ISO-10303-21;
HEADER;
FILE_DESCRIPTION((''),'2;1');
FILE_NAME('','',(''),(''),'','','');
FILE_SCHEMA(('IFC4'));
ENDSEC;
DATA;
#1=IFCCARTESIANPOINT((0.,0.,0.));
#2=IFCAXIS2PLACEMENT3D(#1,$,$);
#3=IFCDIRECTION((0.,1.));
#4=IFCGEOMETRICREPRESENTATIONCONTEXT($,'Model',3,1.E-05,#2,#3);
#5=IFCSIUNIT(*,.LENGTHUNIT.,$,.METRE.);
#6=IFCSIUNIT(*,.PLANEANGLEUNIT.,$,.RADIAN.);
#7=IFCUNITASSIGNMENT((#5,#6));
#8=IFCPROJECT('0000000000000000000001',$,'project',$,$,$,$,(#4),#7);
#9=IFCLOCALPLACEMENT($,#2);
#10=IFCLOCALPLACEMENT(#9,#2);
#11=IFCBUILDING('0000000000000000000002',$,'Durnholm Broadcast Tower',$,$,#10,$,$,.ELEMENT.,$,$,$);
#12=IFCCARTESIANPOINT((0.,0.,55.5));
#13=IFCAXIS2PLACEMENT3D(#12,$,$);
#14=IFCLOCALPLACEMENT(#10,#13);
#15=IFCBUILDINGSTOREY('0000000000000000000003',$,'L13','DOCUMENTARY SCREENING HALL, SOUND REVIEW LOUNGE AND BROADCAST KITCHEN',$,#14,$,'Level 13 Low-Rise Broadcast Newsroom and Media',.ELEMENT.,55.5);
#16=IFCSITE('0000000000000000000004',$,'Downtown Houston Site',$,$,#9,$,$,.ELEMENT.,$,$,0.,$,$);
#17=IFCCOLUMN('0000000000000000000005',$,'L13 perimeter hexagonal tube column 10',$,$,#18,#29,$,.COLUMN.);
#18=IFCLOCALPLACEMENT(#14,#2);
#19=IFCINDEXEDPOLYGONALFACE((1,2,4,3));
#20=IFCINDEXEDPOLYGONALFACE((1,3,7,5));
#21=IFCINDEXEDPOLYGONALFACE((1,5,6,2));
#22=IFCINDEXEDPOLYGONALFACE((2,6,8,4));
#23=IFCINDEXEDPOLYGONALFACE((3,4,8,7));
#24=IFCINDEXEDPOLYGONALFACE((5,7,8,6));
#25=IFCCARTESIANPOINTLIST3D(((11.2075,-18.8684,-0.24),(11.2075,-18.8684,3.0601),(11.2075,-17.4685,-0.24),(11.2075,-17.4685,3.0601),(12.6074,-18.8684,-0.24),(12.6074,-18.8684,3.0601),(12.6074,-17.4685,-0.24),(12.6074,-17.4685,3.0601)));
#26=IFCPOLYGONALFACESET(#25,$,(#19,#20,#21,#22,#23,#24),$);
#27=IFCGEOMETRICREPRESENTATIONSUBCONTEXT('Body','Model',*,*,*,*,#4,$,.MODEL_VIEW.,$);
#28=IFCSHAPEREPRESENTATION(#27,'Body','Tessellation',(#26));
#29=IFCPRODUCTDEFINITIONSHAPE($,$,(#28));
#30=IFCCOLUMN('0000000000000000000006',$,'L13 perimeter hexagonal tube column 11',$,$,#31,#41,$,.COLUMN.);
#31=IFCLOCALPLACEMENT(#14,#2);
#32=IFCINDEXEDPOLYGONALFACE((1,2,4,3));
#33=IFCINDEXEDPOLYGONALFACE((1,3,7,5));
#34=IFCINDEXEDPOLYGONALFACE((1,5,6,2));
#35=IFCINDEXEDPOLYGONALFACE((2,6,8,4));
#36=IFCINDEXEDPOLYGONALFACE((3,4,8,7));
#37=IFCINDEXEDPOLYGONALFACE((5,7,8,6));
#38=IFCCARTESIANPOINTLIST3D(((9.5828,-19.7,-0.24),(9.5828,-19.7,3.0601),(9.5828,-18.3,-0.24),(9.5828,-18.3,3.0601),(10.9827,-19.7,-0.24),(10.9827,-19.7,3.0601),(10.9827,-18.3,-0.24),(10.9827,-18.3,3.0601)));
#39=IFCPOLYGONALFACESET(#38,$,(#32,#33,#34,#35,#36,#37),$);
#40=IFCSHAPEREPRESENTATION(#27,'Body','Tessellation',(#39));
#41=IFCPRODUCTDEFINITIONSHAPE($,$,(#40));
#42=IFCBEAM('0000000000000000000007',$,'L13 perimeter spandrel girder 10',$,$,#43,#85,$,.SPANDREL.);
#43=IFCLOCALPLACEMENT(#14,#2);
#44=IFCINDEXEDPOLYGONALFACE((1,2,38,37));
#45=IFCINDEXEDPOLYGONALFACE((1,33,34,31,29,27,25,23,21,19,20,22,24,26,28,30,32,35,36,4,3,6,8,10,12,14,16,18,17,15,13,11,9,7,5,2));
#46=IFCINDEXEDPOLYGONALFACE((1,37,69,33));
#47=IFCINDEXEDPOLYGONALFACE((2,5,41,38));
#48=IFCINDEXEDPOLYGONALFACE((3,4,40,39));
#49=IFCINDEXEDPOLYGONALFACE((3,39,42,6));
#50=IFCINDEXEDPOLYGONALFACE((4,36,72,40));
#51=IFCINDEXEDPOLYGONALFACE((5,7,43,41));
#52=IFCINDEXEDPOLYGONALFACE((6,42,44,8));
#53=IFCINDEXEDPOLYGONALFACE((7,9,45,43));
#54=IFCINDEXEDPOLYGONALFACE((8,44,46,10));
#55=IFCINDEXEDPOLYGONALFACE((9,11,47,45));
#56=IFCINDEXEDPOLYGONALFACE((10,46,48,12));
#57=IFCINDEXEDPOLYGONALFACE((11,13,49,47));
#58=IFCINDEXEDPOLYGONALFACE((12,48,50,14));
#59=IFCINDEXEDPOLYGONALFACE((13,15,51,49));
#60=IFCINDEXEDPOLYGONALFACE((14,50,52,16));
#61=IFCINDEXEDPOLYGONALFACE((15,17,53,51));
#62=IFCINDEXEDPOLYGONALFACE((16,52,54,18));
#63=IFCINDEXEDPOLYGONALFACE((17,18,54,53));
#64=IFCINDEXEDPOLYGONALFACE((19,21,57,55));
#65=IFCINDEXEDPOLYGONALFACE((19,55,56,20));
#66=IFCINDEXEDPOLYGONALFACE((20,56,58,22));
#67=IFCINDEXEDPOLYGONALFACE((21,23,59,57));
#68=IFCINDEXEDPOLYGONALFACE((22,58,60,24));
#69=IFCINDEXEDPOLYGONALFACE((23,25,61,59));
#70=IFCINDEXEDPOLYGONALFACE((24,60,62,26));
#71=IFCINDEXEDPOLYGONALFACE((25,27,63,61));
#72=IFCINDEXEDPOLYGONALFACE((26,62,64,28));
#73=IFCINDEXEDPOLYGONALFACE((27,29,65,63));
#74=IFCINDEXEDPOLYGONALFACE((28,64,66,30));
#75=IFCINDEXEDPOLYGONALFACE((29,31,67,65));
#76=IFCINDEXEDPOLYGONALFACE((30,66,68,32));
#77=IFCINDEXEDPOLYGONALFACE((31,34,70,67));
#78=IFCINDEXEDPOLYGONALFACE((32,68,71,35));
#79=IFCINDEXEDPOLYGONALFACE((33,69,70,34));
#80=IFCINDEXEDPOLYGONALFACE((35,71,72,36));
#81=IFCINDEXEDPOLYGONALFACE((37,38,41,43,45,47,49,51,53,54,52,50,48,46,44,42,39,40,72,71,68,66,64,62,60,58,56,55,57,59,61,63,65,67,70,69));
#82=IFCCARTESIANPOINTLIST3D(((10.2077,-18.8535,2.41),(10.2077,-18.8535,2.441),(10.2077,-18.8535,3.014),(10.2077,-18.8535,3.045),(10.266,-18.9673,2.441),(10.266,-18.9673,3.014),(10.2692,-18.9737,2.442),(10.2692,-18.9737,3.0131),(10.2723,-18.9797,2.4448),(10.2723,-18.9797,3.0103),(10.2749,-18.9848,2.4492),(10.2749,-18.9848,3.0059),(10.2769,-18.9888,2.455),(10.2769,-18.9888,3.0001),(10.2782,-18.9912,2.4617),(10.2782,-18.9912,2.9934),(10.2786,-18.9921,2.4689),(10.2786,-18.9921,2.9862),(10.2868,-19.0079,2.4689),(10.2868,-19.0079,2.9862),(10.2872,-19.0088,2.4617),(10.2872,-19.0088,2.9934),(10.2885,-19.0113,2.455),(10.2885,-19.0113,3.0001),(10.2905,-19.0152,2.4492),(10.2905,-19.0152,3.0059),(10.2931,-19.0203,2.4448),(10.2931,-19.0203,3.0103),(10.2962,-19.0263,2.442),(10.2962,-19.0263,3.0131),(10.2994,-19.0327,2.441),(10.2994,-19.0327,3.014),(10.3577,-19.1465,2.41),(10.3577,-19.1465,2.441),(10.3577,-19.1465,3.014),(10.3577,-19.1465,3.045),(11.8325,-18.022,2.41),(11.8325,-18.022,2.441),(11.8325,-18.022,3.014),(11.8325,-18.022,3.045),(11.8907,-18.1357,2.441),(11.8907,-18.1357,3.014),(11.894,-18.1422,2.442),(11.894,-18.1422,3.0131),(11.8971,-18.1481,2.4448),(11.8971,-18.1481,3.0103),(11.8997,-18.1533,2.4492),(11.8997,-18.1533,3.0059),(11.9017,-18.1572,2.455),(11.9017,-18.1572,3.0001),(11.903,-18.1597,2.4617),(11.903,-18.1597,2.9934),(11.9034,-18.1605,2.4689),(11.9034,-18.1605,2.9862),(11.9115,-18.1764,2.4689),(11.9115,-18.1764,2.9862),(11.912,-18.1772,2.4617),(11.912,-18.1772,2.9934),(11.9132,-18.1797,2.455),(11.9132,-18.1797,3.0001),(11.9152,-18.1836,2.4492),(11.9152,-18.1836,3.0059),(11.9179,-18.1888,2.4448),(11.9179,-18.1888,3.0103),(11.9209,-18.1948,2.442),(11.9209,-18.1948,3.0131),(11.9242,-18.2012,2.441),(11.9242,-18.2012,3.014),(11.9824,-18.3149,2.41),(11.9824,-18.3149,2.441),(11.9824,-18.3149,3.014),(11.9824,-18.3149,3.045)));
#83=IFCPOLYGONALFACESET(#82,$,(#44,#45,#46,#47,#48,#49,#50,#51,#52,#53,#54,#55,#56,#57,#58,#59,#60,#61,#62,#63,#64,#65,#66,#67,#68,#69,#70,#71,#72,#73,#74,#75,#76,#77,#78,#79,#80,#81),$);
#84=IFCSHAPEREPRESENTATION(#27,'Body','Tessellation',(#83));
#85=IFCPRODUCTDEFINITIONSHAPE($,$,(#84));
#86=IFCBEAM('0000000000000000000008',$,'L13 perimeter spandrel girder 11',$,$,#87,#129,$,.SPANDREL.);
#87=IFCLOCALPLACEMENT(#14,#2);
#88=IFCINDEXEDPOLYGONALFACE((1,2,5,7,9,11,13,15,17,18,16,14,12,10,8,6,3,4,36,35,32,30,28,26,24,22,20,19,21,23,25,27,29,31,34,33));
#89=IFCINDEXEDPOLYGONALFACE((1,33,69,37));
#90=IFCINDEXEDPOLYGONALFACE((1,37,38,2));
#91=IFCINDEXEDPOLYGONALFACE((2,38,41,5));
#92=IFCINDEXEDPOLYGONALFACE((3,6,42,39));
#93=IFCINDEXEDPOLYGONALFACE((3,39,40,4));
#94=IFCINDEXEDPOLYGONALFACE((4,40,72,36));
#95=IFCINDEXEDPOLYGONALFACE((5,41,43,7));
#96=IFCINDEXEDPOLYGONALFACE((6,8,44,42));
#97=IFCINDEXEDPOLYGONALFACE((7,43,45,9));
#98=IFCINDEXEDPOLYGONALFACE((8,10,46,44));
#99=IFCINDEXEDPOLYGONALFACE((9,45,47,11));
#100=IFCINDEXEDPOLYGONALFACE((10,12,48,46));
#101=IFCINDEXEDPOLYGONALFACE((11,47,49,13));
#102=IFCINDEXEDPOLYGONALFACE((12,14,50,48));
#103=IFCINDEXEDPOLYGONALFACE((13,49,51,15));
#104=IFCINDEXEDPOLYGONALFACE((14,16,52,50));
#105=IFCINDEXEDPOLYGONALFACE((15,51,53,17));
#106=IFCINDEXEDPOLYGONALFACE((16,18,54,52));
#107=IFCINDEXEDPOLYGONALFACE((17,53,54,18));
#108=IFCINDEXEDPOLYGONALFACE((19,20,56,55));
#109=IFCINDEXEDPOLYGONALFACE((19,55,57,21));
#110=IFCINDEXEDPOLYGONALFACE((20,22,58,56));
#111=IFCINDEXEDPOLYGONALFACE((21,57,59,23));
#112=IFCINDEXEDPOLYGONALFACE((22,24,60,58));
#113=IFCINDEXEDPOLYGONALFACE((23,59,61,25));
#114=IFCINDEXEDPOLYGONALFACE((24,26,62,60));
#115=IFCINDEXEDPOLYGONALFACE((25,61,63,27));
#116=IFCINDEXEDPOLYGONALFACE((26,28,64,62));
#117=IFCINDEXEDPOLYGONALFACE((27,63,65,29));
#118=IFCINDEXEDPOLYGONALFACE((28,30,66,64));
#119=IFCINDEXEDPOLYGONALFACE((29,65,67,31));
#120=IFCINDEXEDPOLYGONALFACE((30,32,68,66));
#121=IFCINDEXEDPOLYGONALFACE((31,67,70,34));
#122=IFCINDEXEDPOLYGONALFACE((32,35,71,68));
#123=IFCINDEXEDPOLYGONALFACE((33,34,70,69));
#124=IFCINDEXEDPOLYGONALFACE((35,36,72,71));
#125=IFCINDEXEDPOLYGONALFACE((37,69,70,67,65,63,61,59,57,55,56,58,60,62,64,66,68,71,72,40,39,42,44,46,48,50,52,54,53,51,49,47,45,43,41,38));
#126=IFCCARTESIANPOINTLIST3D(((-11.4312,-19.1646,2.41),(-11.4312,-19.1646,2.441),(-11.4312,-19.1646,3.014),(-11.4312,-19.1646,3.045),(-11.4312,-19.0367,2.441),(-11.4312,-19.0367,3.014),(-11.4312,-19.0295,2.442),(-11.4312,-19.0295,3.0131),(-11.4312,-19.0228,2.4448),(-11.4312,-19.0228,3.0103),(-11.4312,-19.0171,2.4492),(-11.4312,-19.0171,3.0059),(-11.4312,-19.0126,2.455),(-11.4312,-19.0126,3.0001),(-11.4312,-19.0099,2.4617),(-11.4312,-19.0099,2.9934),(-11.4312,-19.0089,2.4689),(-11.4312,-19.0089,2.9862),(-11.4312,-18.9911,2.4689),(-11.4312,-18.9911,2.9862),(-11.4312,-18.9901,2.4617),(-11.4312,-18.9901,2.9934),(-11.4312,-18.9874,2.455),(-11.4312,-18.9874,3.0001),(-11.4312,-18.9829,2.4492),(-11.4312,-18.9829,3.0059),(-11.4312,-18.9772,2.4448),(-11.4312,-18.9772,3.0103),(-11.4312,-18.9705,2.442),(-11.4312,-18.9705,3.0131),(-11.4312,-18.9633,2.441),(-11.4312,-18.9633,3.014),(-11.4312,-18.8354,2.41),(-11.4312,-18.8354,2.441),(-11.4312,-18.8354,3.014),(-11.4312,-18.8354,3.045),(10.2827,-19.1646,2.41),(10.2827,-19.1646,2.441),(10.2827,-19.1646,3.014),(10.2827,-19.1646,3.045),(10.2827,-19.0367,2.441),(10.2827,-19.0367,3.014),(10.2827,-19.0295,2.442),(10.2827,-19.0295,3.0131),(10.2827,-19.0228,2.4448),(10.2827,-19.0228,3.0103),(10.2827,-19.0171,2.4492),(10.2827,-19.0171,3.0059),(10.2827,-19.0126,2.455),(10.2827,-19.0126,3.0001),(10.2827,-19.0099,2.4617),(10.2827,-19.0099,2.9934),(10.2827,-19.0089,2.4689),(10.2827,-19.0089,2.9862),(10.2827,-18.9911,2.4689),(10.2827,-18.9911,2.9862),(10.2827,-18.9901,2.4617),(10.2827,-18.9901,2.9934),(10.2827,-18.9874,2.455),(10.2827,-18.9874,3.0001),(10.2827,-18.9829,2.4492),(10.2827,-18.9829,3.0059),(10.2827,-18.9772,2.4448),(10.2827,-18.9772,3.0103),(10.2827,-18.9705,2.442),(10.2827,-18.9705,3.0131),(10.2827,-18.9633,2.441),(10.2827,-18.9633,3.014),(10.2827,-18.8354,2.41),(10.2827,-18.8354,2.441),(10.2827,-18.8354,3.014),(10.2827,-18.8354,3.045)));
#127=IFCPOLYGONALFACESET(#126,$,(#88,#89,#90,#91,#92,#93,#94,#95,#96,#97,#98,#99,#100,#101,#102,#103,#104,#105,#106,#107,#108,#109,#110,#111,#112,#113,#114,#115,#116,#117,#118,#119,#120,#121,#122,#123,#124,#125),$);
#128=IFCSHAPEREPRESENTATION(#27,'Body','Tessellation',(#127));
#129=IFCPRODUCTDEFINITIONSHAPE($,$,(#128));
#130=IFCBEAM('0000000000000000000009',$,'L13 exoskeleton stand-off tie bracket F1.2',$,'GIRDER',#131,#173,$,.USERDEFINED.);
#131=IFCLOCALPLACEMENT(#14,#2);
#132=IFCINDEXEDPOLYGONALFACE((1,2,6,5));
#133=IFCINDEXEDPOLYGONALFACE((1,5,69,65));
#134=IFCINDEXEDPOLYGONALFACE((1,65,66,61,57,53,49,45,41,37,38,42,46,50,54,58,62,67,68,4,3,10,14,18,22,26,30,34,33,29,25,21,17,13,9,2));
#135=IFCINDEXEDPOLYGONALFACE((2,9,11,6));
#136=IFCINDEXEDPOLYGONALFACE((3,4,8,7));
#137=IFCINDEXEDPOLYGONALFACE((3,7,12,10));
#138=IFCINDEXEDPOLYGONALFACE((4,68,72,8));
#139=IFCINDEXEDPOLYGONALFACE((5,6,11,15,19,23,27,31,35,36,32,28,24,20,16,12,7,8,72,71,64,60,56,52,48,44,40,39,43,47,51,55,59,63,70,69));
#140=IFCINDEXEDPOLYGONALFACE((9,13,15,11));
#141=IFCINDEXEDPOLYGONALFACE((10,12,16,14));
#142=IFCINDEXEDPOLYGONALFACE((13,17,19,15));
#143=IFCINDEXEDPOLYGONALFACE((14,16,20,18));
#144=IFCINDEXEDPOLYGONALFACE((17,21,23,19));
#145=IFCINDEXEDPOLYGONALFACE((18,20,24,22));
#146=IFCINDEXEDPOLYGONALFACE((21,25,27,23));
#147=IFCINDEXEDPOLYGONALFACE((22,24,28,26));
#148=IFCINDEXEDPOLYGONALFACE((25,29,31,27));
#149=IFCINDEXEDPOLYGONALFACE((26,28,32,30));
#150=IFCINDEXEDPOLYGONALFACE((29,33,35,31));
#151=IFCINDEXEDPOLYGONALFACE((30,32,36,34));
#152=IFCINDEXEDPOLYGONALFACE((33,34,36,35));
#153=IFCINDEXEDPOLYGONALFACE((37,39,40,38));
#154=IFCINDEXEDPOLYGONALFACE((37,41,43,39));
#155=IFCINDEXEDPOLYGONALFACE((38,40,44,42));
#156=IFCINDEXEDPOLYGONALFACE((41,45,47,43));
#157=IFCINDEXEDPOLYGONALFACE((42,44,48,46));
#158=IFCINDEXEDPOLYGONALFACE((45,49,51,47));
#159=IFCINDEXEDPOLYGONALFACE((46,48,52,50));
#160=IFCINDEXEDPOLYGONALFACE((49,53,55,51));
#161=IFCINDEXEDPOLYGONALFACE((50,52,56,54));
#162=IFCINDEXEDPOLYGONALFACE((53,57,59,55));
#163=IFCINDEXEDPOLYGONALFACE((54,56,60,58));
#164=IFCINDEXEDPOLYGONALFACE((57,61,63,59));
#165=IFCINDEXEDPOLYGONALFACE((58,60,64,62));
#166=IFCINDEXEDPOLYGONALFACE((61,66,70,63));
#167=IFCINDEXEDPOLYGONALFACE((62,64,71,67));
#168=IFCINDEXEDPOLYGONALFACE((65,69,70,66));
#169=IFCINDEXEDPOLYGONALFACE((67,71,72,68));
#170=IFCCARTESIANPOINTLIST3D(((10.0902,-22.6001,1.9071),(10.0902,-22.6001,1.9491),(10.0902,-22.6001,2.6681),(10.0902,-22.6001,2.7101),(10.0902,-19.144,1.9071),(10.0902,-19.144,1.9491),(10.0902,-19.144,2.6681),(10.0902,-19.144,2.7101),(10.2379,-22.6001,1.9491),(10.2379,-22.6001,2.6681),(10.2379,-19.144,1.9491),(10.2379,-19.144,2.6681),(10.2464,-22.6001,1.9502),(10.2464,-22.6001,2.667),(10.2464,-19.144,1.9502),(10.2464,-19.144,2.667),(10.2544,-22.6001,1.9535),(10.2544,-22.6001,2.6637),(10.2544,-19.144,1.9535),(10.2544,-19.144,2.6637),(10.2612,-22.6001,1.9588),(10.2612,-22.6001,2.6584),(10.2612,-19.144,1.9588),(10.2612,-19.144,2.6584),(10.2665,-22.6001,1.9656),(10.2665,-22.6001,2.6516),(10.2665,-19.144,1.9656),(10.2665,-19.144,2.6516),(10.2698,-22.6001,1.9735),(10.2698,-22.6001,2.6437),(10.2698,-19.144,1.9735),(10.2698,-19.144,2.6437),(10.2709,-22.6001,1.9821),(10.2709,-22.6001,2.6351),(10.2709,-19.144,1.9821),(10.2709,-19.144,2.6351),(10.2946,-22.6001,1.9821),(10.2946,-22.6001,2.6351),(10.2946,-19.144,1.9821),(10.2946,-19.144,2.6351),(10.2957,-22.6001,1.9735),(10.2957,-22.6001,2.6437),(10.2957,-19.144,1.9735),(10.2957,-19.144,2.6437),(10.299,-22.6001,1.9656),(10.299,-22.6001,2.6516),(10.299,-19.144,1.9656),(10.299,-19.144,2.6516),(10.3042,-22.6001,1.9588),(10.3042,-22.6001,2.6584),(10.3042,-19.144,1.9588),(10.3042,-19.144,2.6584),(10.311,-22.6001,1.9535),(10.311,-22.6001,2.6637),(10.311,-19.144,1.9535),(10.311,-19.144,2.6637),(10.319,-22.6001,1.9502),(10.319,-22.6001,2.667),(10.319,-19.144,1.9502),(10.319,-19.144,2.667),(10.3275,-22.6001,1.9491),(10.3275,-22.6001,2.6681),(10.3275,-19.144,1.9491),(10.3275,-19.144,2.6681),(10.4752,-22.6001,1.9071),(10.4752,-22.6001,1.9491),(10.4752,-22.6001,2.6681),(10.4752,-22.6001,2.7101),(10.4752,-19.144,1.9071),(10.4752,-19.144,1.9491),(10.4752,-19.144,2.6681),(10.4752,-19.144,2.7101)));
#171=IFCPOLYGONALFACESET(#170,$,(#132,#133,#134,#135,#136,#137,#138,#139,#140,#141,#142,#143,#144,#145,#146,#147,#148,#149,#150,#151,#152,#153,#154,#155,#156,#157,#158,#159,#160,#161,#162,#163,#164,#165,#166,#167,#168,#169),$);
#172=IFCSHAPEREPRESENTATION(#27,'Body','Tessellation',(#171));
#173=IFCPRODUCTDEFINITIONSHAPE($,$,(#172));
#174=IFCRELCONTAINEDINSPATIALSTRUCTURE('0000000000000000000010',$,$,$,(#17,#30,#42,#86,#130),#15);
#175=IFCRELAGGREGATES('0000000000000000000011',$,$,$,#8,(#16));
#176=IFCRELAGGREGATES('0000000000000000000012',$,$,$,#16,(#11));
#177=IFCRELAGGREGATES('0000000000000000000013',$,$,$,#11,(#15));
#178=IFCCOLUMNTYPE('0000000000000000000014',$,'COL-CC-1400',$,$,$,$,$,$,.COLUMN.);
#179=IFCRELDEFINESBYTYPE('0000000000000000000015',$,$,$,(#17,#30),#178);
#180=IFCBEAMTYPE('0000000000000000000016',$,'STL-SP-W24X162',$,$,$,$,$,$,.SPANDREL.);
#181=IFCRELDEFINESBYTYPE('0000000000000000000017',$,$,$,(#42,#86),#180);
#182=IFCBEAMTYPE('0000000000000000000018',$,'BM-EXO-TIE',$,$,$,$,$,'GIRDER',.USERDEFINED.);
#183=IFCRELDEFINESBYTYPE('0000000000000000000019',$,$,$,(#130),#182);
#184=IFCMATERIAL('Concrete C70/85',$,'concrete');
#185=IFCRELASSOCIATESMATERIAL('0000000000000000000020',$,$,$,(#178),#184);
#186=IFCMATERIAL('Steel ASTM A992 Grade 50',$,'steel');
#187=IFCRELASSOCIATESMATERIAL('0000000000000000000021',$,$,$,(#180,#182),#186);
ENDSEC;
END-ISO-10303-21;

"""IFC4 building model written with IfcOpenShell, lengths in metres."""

from ifc_helpers import new_model, si_unit, direction, frame, origin, origin_2d, place, context, subcontext, project, spatial, rectangle, i_section, extrude, source, transform, mapped, material, material_profile, profile_set, type_object, type_shapes, element, save


model = new_model("IFC4")

# Units and contexts
model_context = context("Model", 3, precision=1e-05, world=origin(), true_north=direction((0.0, 1.0)))
body_context = subcontext(model_context, "Body", "Model", "MODEL_VIEW")
ifc_project = project(units=[si_unit("LENGTHUNIT", "METRE"), si_unit("PLANEANGLEUNIT", "RADIAN")], contexts=[model_context])

# Site, building, storey
site_placement = place(None, origin())
site = spatial("IfcSite", under=ifc_project, at=site_placement, Name="Downtown Houston Site", CompositionType="ELEMENT", RefElevation=0.0)
building_placement = place(site_placement, origin())
building = spatial("IfcBuilding", under=site, at=building_placement, Name="Durnholm Broadcast Tower", CompositionType="ELEMENT")
storey_placement = place(building_placement, frame((0.0, 0.0, 55.5)))
storey = spatial("IfcBuildingStorey", under=building, at=storey_placement, Name="L13", Description="DOCUMENTARY SCREENING HALL, SOUND REVIEW LOUNGE AND BROADCAST KITCHEN", LongName="Level 13 Low-Rise Broadcast Newsroom and Media", CompositionType="ELEMENT", Elevation=55.5)

# Columns
ifc_material_1 = material(Name="Concrete C70/85", Category="concrete")
ifc_material_profile_1 = material_profile(ifc_material_1, rectangle(XDim=1.3999, YDim=1.3999, at=origin_2d()), Name="RC1400X1400")
ifc_profile_set_1 = profile_set([ifc_material_profile_1], Name="Concrete C70/85")
column_type = type_object("IfcColumnType", Name="COL-CC-1400", PredefinedType="COLUMN", material=ifc_profile_set_1)
shared_shape_1 = source(origin(), body_context, "Body", "SweptSolid", [
    extrude(rectangle(XDim=1.3999, YDim=1.3999, at=origin_2d()), origin(), (0.0, 0.0, 1.0), 3.3),
])
type_shapes(column_type, [shared_shape_1])
for number, where, z_axis, x_axis, name in (
    (1, (11.9075, -18.1685, -0.24), (0.0, 0.0, 1.0), (1.0, 0.0, 0.0), "L13 perimeter hexagonal tube column 10"),
    (2, (10.2827, -19.0, -0.24), (0.0, 0.0, 1.0), (1.0, 0.0, 0.0), "L13 perimeter hexagonal tube column 11"),
):
    element("IfcColumn", number, at=place(storey_placement, frame(where, z_axis=z_axis, x_axis=x_axis)), inside=storey, type_object=column_type, Name=name, PredefinedType="COLUMN", context=body_context, shape_type="MappedRepresentation", body=[
        mapped(shared_shape_1, transform((0.0, 0.0, 0.0), x_axis=(1.0, 0.0, 0.0), y_axis=(0.0, 1.0, 0.0), z_axis=(0.0, 0.0, 1.0), scale=1.0)),
    ])

# Beams
ifc_material_2 = material(Name="Steel ASTM A992 Grade 50", Category="steel")
ifc_material_profile_2 = material_profile(ifc_material_2, i_section(OverallWidth=0.3291, OverallDepth=0.635, WebThickness=0.0178, FlangeThickness=0.031, FilletRadius=0.0278, at=origin_2d()), Name="W24X162")
ifc_profile_set_2 = profile_set([ifc_material_profile_2], Name="Steel ASTM A992 Grade 50")
beam_type_1 = type_object("IfcBeamType", Name="STL-SP-W24X162", PredefinedType="SPANDREL", material=ifc_profile_set_2)
shared_shape_2 = source(origin(), body_context, "Body", "SweptSolid", [
    extrude(i_section(OverallWidth=0.3291, OverallDepth=0.635, WebThickness=0.0178, FlangeThickness=0.031, FilletRadius=0.0278, at=origin_2d()), origin(), (0.0, 0.0, 1.0), 1.8252),
])
beam_1_placement = place(storey_placement, frame((11.9075, -18.1685, 2.7275), z_axis=(-0.890188, -0.455594, 0.0), x_axis=(0.455594, -0.890188, 0.0)))
element("IfcBeam", 3, at=beam_1_placement, inside=storey, type_object=beam_type_1, Name="L13 perimeter spandrel girder 10", PredefinedType="SPANDREL", context=body_context, shape_type="MappedRepresentation", body=[
    mapped(shared_shape_2, transform((0.0, 0.0, 0.0), x_axis=(1.0, 0.0, 0.0), y_axis=(0.0, 1.0, 0.0), z_axis=(0.0, 0.0, 1.0), scale=1.0)),
])
shared_shape_3 = source(origin(), body_context, "Body", "SweptSolid", [
    extrude(i_section(OverallWidth=0.3291, OverallDepth=0.635, WebThickness=0.0178, FlangeThickness=0.031, FilletRadius=0.0278, at=origin_2d()), origin(), (0.0, 0.0, 1.0), 21.7139),
])
type_shapes(beam_type_1, [shared_shape_2, shared_shape_3])
beam_2_placement = place(storey_placement, frame((10.2827, -19.0, 2.7275), z_axis=(-1.0, 0.0, 0.0), x_axis=(0.0, -1.0, 0.0)))
element("IfcBeam", 4, at=beam_2_placement, inside=storey, type_object=beam_type_1, Name="L13 perimeter spandrel girder 11", PredefinedType="SPANDREL", context=body_context, shape_type="MappedRepresentation", body=[
    mapped(shared_shape_3, transform((0.0, 0.0, 0.0), x_axis=(1.0, 0.0, 0.0), y_axis=(0.0, 1.0, 0.0), z_axis=(0.0, 0.0, 1.0), scale=1.0)),
])
ifc_material_profile_3 = material_profile(ifc_material_2, i_section(OverallWidth=0.385, OverallDepth=0.803, WebThickness=0.0237, FlangeThickness=0.042, FilletRadius=0.033, at=origin_2d()), Name="W30X261")
ifc_profile_set_3 = profile_set([ifc_material_profile_3], Name="Steel ASTM A992 Grade 50")
beam_type_2 = type_object("IfcBeamType", Name="BM-EXO-TIE", ElementType="GIRDER", PredefinedType="USERDEFINED", material=ifc_profile_set_3)
shared_shape_4 = source(origin(), body_context, "Body", "SweptSolid", [
    extrude(i_section(OverallWidth=0.385, OverallDepth=0.803, WebThickness=0.0237, FlangeThickness=0.042, FilletRadius=0.033, at=origin_2d()), origin(), (0.0, 0.0, 1.0), 3.4561),
])
type_shapes(beam_type_2, [shared_shape_4])
for number, where, z_axis, x_axis, name in (
    (5, (10.2827, -19.144, 2.3086), (0.0, -1.0, 0.0), (1.0, 0.0, 0.0), "L13 exoskeleton stand-off tie bracket F1.2"),
):
    element("IfcBeam", number, at=place(storey_placement, frame(where, z_axis=z_axis, x_axis=x_axis)), inside=storey, type_object=beam_type_2, Name=name, ObjectType="GIRDER", PredefinedType="USERDEFINED", context=body_context, shape_type="MappedRepresentation", body=[
        mapped(shared_shape_4, transform((0.0, 0.0, 0.0), x_axis=(1.0, 0.0, 0.0), y_axis=(0.0, 1.0, 0.0), z_axis=(0.0, 0.0, 1.0), scale=1.0)),
    ])

save(model, "model.ifc")
